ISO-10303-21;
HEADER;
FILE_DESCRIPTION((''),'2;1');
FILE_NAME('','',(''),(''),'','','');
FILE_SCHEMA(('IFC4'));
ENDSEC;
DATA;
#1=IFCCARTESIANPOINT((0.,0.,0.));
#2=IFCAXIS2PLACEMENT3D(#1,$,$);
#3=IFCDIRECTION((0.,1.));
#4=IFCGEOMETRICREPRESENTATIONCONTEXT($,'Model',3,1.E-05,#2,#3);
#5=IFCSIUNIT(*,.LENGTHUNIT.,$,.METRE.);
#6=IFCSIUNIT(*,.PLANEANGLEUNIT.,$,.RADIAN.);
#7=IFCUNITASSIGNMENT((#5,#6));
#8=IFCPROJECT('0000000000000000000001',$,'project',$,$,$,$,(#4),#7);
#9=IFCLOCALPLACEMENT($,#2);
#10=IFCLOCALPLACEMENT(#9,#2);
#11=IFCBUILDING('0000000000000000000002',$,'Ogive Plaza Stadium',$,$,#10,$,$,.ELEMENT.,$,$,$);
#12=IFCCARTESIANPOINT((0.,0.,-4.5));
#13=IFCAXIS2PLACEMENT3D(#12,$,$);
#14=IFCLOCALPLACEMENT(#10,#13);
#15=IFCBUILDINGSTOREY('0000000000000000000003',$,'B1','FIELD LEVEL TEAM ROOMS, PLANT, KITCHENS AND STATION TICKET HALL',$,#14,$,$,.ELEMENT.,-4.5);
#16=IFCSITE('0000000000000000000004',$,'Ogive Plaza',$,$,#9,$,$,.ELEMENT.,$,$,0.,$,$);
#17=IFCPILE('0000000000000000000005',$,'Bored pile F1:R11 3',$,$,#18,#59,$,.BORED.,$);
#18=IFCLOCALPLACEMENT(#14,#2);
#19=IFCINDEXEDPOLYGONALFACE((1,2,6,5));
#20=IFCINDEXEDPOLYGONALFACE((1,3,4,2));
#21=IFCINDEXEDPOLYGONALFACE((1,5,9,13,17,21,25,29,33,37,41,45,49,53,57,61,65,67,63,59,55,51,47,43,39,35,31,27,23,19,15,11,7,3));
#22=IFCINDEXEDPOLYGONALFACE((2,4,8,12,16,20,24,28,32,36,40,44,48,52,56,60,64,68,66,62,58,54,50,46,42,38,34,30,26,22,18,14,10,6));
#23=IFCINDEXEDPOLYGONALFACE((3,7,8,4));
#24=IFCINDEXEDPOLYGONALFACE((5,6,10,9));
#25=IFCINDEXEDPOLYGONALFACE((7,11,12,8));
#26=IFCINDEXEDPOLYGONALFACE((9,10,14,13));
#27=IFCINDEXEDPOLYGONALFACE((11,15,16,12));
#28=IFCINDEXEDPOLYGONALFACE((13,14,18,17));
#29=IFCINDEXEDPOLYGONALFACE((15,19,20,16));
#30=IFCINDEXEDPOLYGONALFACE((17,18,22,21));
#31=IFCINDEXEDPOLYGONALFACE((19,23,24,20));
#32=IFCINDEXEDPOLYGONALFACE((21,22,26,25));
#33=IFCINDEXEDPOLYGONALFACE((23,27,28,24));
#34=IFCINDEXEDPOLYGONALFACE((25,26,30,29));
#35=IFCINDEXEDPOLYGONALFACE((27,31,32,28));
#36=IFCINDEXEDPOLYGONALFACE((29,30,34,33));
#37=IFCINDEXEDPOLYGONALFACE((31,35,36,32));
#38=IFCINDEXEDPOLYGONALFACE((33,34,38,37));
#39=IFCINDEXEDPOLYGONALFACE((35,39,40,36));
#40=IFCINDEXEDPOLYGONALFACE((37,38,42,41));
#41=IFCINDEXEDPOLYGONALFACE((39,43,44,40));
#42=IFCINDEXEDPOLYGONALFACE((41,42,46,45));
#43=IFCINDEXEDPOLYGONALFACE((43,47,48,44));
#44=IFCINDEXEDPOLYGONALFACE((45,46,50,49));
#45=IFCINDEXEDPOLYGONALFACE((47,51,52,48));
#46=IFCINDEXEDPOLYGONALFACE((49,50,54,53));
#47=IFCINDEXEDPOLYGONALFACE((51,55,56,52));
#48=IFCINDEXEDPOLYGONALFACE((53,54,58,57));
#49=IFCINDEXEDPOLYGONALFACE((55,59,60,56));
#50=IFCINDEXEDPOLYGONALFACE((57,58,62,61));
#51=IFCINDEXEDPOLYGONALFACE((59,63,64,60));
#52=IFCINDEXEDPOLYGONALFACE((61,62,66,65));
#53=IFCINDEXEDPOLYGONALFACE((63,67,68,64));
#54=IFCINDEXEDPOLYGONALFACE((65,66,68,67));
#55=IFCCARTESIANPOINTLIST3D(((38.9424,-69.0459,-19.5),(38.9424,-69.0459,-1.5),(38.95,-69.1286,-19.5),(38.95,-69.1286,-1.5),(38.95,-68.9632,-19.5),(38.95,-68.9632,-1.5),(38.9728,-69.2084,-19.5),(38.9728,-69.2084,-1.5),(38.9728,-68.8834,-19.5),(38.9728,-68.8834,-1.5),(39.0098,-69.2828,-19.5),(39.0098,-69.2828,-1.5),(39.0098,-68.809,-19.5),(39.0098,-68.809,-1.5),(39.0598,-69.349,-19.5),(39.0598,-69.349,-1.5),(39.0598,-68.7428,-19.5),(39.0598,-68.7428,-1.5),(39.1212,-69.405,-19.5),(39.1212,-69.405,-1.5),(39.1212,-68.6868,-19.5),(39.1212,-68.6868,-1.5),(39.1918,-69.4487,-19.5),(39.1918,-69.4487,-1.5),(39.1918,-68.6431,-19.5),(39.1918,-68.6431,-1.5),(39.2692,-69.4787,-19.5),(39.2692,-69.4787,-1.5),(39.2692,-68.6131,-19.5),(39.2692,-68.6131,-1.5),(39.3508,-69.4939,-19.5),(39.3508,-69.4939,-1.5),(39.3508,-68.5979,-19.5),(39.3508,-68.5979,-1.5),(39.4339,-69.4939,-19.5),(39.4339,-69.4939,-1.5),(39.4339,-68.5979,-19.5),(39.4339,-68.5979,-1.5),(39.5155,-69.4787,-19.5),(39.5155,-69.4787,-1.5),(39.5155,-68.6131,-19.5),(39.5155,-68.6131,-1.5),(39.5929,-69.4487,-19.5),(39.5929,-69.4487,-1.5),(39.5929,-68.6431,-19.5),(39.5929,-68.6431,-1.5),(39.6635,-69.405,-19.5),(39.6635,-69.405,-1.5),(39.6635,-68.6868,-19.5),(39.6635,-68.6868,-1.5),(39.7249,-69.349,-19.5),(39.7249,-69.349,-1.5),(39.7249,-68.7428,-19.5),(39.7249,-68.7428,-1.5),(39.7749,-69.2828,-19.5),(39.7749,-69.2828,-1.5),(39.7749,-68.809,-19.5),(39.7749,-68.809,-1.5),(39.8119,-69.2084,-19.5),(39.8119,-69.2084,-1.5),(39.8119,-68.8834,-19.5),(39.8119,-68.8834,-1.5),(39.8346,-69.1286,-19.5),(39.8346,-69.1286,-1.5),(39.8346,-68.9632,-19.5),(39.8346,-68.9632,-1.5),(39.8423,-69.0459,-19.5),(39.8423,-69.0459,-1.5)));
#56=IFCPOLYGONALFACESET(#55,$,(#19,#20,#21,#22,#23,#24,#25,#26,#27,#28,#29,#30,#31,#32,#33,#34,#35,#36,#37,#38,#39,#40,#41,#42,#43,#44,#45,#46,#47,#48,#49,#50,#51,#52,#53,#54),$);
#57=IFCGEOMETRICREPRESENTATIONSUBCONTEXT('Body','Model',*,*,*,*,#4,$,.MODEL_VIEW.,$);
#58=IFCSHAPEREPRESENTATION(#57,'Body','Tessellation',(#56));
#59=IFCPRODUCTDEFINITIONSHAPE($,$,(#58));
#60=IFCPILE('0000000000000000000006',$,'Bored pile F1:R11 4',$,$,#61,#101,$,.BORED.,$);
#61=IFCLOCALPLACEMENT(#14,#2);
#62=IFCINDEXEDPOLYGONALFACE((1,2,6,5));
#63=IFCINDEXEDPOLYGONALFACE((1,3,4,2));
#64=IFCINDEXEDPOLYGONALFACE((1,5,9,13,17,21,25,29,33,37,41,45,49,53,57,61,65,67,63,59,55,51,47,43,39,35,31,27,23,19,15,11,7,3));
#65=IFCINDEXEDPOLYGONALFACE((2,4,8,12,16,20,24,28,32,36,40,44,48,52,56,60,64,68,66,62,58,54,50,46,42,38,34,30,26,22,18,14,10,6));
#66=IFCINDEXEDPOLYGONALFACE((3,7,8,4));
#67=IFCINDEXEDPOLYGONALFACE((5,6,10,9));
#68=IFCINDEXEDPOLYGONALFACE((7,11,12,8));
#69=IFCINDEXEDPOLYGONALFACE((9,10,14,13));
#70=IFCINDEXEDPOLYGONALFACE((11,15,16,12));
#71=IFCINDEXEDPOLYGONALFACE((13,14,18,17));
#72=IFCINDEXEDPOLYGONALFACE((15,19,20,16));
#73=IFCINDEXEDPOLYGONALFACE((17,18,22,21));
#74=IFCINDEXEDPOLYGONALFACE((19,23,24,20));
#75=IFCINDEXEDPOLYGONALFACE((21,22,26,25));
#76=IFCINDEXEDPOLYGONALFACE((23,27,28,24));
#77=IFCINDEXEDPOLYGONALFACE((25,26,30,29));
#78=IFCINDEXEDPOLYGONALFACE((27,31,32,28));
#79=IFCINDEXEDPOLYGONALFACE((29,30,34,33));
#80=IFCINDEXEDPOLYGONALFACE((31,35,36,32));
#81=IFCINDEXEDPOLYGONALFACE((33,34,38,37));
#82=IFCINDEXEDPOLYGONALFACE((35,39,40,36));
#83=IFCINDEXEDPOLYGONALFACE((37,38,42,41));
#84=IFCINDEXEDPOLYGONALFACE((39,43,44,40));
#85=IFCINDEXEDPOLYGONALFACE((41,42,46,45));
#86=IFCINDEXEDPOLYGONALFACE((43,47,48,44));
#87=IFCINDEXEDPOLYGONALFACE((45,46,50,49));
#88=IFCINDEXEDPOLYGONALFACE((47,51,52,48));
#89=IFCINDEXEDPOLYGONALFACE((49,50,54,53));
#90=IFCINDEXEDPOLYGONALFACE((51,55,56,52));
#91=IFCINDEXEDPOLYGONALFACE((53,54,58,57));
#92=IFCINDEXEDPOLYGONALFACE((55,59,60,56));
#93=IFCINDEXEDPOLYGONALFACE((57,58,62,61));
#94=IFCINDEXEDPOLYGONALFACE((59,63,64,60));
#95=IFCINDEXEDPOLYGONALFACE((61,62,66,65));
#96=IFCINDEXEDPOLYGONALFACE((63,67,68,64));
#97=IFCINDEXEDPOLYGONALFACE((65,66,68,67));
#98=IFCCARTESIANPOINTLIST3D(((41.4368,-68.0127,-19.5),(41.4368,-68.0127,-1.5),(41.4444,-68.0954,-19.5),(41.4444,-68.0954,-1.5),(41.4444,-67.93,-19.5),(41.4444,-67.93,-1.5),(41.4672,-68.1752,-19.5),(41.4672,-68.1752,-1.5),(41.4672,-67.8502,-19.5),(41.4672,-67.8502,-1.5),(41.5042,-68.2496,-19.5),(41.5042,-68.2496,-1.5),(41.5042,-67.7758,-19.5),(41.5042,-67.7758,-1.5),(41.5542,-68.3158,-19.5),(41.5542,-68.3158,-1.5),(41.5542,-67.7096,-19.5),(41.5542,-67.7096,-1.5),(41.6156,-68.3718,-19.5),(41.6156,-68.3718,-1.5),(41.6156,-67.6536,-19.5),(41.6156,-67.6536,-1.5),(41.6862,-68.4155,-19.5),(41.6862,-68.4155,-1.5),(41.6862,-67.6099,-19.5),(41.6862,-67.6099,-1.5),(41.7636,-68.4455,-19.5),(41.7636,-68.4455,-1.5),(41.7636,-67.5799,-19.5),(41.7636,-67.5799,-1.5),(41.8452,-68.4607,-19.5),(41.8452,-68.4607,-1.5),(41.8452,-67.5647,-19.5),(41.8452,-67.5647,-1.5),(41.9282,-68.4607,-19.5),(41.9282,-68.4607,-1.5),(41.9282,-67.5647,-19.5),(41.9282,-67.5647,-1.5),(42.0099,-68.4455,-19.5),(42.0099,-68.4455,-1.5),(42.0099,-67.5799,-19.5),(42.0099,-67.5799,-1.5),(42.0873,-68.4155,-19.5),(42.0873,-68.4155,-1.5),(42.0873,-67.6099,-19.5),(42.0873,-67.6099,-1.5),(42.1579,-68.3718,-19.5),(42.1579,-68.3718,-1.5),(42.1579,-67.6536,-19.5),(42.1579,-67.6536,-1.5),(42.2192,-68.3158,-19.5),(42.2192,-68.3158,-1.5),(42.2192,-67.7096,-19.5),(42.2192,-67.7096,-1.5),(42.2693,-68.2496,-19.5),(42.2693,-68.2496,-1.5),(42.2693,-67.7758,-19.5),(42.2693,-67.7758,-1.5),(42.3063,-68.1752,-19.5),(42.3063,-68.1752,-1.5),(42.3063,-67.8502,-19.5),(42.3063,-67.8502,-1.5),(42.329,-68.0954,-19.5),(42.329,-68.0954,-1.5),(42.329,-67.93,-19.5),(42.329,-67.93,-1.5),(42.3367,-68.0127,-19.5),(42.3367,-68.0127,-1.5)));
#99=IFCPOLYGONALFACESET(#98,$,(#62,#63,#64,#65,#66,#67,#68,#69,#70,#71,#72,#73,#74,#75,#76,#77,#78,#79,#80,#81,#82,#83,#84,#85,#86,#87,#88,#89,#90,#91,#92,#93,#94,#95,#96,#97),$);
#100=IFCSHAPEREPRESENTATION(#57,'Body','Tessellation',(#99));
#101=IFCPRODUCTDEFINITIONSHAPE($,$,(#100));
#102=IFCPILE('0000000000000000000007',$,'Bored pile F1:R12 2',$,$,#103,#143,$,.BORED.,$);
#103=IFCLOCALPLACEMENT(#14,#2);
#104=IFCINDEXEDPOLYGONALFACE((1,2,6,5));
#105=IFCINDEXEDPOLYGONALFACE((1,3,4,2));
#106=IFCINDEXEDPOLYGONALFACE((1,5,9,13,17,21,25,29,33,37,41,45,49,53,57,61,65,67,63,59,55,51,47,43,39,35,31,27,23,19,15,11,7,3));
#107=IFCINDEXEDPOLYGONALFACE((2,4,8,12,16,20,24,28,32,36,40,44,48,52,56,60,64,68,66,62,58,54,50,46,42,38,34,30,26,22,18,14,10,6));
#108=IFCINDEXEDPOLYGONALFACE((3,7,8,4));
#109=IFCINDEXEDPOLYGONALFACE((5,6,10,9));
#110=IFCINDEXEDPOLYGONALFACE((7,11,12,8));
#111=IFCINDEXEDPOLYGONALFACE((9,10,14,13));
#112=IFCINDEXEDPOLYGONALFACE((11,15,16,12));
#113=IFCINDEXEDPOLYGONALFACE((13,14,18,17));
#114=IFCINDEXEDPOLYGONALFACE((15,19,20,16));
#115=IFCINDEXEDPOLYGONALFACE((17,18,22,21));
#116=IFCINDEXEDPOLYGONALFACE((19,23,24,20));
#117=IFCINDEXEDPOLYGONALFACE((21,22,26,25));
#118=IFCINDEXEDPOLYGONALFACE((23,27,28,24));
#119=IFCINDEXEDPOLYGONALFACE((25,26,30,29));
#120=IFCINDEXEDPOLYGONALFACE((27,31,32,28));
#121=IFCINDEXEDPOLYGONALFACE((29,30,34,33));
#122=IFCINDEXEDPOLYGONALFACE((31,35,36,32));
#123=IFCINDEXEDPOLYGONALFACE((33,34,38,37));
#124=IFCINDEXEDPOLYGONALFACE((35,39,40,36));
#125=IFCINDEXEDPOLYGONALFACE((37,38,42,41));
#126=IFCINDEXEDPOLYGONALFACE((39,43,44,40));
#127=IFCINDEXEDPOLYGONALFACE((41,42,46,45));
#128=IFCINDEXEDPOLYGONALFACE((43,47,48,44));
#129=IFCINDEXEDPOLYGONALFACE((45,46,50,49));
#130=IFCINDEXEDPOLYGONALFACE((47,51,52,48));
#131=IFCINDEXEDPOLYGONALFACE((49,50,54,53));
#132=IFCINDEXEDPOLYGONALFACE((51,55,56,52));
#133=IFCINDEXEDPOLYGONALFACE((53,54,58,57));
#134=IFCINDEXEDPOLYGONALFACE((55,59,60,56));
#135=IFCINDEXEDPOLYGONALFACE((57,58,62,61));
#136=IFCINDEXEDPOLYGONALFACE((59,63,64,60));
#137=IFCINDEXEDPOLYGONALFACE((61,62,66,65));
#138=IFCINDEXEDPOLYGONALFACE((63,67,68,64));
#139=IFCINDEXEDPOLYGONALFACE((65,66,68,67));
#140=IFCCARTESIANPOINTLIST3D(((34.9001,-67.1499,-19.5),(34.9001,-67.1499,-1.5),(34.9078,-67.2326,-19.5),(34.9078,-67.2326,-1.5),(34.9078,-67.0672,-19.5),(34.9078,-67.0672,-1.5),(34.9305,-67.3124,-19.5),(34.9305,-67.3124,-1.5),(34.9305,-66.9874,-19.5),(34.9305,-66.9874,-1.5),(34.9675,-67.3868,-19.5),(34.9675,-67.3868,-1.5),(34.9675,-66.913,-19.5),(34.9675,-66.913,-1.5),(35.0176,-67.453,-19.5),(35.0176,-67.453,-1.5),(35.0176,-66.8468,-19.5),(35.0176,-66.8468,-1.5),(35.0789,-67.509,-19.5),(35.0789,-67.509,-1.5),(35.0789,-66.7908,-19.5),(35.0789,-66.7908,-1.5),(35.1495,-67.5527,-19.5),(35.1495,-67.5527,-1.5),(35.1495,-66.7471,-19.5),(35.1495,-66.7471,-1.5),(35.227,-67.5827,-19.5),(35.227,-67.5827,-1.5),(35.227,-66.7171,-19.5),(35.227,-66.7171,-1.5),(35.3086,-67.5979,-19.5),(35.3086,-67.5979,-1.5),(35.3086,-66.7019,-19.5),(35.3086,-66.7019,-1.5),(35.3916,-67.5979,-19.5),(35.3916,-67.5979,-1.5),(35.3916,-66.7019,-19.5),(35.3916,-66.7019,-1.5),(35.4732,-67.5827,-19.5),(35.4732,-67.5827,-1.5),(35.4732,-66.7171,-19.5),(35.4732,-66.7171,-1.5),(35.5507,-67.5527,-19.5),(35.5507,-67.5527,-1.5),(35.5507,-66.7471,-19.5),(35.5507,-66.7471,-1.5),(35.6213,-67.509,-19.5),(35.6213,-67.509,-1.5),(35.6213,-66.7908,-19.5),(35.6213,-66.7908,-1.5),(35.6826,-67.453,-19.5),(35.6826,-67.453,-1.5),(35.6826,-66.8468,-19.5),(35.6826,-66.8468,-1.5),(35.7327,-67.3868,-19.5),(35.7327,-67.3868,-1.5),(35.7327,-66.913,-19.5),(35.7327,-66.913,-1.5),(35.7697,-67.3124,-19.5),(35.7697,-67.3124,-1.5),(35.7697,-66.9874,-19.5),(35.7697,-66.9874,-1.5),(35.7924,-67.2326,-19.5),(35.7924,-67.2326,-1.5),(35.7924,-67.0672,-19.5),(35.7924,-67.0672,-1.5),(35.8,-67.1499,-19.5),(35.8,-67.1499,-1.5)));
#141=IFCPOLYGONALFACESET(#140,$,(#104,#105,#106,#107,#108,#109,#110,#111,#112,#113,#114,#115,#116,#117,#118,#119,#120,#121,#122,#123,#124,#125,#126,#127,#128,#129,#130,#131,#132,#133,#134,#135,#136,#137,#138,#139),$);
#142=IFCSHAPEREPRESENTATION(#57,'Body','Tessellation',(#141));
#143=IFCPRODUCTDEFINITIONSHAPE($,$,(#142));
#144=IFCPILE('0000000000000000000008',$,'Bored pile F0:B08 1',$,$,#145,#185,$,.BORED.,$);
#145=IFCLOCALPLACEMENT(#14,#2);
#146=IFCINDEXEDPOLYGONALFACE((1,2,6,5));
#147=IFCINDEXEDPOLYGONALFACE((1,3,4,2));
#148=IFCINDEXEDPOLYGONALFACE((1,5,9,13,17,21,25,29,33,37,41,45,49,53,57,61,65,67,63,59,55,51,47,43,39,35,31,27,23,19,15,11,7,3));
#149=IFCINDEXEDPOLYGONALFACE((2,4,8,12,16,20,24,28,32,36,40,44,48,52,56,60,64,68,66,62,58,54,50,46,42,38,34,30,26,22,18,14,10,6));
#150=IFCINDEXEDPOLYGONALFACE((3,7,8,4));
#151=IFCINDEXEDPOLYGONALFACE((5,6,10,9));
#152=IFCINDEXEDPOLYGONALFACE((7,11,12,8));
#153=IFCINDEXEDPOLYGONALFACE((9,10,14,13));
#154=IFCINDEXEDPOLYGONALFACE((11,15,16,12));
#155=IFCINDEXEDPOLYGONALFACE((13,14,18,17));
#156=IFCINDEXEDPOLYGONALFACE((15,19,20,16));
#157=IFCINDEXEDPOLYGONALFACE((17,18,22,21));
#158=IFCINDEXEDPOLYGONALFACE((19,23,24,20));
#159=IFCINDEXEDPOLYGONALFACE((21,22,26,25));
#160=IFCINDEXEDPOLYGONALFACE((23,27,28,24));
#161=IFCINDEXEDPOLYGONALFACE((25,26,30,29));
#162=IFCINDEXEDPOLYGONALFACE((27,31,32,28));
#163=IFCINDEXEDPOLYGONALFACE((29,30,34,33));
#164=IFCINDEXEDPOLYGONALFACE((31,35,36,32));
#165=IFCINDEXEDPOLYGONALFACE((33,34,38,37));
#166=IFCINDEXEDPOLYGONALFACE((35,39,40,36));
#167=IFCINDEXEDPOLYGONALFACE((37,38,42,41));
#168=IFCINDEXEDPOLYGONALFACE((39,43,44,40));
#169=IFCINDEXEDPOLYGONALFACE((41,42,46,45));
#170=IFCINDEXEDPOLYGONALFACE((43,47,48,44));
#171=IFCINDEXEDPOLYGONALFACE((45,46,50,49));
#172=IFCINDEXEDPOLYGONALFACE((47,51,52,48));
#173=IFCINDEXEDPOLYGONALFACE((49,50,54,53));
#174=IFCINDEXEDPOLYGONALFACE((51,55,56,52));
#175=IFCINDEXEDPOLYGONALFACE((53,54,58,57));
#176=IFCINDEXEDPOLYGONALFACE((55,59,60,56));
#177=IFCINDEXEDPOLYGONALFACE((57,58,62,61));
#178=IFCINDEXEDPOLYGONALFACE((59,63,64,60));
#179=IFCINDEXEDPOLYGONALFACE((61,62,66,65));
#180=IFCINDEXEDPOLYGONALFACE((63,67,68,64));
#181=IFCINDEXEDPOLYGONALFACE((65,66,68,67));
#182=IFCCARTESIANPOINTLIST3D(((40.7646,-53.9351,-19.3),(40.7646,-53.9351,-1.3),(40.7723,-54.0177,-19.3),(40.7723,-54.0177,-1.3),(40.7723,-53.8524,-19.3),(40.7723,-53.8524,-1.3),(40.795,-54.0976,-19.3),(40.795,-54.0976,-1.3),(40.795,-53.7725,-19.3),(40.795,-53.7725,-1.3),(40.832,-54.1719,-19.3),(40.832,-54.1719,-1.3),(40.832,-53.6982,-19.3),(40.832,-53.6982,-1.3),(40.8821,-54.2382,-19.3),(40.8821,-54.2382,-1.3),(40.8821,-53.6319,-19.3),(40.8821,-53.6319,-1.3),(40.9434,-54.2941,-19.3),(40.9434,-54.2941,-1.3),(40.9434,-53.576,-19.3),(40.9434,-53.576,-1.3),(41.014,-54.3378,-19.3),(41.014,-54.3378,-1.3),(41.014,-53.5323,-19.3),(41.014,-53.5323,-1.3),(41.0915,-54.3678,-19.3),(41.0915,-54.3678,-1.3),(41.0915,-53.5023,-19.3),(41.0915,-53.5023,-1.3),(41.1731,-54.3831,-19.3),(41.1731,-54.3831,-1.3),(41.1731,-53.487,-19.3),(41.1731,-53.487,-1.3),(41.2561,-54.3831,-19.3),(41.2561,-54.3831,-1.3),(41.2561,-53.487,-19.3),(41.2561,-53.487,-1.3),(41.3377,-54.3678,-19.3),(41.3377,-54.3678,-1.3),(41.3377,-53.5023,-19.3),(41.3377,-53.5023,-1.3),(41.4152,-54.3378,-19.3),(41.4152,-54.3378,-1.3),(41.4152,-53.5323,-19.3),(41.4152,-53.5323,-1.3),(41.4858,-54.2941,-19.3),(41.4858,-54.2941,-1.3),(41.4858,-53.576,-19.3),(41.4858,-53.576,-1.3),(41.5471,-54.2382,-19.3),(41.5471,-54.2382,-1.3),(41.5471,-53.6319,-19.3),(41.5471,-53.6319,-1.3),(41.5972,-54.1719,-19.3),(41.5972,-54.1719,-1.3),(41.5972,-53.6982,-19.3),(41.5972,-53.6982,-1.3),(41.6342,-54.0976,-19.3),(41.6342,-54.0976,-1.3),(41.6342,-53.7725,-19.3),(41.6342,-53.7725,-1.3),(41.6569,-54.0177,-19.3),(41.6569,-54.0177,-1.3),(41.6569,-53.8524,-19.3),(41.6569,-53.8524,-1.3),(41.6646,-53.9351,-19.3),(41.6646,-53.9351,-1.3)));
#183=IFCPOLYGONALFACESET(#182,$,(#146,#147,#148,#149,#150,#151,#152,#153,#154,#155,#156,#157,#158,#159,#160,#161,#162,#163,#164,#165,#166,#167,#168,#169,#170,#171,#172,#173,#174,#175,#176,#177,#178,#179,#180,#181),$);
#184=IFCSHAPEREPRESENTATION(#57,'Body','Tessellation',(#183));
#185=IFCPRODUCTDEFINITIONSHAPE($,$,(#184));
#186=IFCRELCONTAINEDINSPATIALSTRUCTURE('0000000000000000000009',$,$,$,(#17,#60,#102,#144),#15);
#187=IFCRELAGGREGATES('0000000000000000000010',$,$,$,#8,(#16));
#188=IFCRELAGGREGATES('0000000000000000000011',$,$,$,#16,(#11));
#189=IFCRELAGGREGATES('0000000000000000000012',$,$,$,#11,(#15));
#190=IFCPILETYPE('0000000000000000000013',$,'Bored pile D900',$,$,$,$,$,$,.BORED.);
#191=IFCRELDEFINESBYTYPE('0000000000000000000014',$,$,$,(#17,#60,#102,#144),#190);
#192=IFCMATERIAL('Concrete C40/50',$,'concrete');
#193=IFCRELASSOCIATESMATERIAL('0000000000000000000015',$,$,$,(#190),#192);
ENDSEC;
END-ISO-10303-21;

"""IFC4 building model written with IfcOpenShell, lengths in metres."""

from ifc_helpers import new_model, si_unit, direction, frame, origin, origin_2d, place, context, subcontext, project, spatial, circle, extrude, material, material_profile, profile_set, type_object, element, save


model = new_model("IFC4")

# Units and contexts
model_context = context("Model", 3, precision=1e-05, world=origin(), true_north=direction((0.0, 1.0)))
body_context = subcontext(model_context, "Body", "Model", "MODEL_VIEW")
ifc_project = project(units=[si_unit("LENGTHUNIT", "METRE"), si_unit("PLANEANGLEUNIT", "RADIAN")], contexts=[model_context])

# Site, building, storey
site_placement = place(None, origin())
site = spatial("IfcSite", under=ifc_project, at=site_placement, Name="Ogive Plaza", CompositionType="ELEMENT", RefElevation=0.0)
building_placement = place(site_placement, origin())
building = spatial("IfcBuilding", under=site, at=building_placement, Name="Ogive Plaza Stadium", CompositionType="ELEMENT")
storey_placement = place(building_placement, frame((0.0, 0.0, -4.5)))
storey = spatial("IfcBuildingStorey", under=building, at=storey_placement, Name="B1", Description="FIELD LEVEL TEAM ROOMS, PLANT, KITCHENS AND STATION TICKET HALL", CompositionType="ELEMENT", Elevation=-4.5)

# Piles
ifc_material_1 = material(Name="Concrete C40/50", Category="concrete")
ifc_material_profile_1 = material_profile(ifc_material_1, circle(Radius=0.45, at=origin_2d()), Name="RC D900")
ifc_profile_set_1 = profile_set([ifc_material_profile_1], Name="Concrete C40/50")
pile_type = type_object("IfcPileType", Name="Bored pile D900", PredefinedType="BORED", material=ifc_profile_set_1)
for number, where, z_axis, x_axis, name in (
    (1, (39.3923, -69.0459, -1.5), (0.0, 0.0, -1.0), (1.0, 0.0, 0.0), "Bored pile F1:R11 3"),
    (2, (41.8867, -68.0127, -1.5), (0.0, 0.0, -1.0), (1.0, 0.0, 0.0), "Bored pile F1:R11 4"),
    (3, (35.3501, -67.1499, -1.5), (0.0, 0.0, -1.0), (1.0, 0.0, 0.0), "Bored pile F1:R12 2"),
    (4, (41.2146, -53.9351, -1.3), (0.0, 0.0, -1.0), (1.0, 0.0, 0.0), "Bored pile F0:B08 1"),
):
    element("IfcPile", number, at=place(storey_placement, frame(where, z_axis=z_axis, x_axis=x_axis)), inside=storey, type_object=pile_type, Name=name, PredefinedType="BORED", context=body_context, shape_type="SweptSolid", body=[
        extrude(circle(Radius=0.45, at=origin_2d()), origin(), (0.0, 0.0, 1.0), 18.0),
    ])

save(model, "model.ifc")
